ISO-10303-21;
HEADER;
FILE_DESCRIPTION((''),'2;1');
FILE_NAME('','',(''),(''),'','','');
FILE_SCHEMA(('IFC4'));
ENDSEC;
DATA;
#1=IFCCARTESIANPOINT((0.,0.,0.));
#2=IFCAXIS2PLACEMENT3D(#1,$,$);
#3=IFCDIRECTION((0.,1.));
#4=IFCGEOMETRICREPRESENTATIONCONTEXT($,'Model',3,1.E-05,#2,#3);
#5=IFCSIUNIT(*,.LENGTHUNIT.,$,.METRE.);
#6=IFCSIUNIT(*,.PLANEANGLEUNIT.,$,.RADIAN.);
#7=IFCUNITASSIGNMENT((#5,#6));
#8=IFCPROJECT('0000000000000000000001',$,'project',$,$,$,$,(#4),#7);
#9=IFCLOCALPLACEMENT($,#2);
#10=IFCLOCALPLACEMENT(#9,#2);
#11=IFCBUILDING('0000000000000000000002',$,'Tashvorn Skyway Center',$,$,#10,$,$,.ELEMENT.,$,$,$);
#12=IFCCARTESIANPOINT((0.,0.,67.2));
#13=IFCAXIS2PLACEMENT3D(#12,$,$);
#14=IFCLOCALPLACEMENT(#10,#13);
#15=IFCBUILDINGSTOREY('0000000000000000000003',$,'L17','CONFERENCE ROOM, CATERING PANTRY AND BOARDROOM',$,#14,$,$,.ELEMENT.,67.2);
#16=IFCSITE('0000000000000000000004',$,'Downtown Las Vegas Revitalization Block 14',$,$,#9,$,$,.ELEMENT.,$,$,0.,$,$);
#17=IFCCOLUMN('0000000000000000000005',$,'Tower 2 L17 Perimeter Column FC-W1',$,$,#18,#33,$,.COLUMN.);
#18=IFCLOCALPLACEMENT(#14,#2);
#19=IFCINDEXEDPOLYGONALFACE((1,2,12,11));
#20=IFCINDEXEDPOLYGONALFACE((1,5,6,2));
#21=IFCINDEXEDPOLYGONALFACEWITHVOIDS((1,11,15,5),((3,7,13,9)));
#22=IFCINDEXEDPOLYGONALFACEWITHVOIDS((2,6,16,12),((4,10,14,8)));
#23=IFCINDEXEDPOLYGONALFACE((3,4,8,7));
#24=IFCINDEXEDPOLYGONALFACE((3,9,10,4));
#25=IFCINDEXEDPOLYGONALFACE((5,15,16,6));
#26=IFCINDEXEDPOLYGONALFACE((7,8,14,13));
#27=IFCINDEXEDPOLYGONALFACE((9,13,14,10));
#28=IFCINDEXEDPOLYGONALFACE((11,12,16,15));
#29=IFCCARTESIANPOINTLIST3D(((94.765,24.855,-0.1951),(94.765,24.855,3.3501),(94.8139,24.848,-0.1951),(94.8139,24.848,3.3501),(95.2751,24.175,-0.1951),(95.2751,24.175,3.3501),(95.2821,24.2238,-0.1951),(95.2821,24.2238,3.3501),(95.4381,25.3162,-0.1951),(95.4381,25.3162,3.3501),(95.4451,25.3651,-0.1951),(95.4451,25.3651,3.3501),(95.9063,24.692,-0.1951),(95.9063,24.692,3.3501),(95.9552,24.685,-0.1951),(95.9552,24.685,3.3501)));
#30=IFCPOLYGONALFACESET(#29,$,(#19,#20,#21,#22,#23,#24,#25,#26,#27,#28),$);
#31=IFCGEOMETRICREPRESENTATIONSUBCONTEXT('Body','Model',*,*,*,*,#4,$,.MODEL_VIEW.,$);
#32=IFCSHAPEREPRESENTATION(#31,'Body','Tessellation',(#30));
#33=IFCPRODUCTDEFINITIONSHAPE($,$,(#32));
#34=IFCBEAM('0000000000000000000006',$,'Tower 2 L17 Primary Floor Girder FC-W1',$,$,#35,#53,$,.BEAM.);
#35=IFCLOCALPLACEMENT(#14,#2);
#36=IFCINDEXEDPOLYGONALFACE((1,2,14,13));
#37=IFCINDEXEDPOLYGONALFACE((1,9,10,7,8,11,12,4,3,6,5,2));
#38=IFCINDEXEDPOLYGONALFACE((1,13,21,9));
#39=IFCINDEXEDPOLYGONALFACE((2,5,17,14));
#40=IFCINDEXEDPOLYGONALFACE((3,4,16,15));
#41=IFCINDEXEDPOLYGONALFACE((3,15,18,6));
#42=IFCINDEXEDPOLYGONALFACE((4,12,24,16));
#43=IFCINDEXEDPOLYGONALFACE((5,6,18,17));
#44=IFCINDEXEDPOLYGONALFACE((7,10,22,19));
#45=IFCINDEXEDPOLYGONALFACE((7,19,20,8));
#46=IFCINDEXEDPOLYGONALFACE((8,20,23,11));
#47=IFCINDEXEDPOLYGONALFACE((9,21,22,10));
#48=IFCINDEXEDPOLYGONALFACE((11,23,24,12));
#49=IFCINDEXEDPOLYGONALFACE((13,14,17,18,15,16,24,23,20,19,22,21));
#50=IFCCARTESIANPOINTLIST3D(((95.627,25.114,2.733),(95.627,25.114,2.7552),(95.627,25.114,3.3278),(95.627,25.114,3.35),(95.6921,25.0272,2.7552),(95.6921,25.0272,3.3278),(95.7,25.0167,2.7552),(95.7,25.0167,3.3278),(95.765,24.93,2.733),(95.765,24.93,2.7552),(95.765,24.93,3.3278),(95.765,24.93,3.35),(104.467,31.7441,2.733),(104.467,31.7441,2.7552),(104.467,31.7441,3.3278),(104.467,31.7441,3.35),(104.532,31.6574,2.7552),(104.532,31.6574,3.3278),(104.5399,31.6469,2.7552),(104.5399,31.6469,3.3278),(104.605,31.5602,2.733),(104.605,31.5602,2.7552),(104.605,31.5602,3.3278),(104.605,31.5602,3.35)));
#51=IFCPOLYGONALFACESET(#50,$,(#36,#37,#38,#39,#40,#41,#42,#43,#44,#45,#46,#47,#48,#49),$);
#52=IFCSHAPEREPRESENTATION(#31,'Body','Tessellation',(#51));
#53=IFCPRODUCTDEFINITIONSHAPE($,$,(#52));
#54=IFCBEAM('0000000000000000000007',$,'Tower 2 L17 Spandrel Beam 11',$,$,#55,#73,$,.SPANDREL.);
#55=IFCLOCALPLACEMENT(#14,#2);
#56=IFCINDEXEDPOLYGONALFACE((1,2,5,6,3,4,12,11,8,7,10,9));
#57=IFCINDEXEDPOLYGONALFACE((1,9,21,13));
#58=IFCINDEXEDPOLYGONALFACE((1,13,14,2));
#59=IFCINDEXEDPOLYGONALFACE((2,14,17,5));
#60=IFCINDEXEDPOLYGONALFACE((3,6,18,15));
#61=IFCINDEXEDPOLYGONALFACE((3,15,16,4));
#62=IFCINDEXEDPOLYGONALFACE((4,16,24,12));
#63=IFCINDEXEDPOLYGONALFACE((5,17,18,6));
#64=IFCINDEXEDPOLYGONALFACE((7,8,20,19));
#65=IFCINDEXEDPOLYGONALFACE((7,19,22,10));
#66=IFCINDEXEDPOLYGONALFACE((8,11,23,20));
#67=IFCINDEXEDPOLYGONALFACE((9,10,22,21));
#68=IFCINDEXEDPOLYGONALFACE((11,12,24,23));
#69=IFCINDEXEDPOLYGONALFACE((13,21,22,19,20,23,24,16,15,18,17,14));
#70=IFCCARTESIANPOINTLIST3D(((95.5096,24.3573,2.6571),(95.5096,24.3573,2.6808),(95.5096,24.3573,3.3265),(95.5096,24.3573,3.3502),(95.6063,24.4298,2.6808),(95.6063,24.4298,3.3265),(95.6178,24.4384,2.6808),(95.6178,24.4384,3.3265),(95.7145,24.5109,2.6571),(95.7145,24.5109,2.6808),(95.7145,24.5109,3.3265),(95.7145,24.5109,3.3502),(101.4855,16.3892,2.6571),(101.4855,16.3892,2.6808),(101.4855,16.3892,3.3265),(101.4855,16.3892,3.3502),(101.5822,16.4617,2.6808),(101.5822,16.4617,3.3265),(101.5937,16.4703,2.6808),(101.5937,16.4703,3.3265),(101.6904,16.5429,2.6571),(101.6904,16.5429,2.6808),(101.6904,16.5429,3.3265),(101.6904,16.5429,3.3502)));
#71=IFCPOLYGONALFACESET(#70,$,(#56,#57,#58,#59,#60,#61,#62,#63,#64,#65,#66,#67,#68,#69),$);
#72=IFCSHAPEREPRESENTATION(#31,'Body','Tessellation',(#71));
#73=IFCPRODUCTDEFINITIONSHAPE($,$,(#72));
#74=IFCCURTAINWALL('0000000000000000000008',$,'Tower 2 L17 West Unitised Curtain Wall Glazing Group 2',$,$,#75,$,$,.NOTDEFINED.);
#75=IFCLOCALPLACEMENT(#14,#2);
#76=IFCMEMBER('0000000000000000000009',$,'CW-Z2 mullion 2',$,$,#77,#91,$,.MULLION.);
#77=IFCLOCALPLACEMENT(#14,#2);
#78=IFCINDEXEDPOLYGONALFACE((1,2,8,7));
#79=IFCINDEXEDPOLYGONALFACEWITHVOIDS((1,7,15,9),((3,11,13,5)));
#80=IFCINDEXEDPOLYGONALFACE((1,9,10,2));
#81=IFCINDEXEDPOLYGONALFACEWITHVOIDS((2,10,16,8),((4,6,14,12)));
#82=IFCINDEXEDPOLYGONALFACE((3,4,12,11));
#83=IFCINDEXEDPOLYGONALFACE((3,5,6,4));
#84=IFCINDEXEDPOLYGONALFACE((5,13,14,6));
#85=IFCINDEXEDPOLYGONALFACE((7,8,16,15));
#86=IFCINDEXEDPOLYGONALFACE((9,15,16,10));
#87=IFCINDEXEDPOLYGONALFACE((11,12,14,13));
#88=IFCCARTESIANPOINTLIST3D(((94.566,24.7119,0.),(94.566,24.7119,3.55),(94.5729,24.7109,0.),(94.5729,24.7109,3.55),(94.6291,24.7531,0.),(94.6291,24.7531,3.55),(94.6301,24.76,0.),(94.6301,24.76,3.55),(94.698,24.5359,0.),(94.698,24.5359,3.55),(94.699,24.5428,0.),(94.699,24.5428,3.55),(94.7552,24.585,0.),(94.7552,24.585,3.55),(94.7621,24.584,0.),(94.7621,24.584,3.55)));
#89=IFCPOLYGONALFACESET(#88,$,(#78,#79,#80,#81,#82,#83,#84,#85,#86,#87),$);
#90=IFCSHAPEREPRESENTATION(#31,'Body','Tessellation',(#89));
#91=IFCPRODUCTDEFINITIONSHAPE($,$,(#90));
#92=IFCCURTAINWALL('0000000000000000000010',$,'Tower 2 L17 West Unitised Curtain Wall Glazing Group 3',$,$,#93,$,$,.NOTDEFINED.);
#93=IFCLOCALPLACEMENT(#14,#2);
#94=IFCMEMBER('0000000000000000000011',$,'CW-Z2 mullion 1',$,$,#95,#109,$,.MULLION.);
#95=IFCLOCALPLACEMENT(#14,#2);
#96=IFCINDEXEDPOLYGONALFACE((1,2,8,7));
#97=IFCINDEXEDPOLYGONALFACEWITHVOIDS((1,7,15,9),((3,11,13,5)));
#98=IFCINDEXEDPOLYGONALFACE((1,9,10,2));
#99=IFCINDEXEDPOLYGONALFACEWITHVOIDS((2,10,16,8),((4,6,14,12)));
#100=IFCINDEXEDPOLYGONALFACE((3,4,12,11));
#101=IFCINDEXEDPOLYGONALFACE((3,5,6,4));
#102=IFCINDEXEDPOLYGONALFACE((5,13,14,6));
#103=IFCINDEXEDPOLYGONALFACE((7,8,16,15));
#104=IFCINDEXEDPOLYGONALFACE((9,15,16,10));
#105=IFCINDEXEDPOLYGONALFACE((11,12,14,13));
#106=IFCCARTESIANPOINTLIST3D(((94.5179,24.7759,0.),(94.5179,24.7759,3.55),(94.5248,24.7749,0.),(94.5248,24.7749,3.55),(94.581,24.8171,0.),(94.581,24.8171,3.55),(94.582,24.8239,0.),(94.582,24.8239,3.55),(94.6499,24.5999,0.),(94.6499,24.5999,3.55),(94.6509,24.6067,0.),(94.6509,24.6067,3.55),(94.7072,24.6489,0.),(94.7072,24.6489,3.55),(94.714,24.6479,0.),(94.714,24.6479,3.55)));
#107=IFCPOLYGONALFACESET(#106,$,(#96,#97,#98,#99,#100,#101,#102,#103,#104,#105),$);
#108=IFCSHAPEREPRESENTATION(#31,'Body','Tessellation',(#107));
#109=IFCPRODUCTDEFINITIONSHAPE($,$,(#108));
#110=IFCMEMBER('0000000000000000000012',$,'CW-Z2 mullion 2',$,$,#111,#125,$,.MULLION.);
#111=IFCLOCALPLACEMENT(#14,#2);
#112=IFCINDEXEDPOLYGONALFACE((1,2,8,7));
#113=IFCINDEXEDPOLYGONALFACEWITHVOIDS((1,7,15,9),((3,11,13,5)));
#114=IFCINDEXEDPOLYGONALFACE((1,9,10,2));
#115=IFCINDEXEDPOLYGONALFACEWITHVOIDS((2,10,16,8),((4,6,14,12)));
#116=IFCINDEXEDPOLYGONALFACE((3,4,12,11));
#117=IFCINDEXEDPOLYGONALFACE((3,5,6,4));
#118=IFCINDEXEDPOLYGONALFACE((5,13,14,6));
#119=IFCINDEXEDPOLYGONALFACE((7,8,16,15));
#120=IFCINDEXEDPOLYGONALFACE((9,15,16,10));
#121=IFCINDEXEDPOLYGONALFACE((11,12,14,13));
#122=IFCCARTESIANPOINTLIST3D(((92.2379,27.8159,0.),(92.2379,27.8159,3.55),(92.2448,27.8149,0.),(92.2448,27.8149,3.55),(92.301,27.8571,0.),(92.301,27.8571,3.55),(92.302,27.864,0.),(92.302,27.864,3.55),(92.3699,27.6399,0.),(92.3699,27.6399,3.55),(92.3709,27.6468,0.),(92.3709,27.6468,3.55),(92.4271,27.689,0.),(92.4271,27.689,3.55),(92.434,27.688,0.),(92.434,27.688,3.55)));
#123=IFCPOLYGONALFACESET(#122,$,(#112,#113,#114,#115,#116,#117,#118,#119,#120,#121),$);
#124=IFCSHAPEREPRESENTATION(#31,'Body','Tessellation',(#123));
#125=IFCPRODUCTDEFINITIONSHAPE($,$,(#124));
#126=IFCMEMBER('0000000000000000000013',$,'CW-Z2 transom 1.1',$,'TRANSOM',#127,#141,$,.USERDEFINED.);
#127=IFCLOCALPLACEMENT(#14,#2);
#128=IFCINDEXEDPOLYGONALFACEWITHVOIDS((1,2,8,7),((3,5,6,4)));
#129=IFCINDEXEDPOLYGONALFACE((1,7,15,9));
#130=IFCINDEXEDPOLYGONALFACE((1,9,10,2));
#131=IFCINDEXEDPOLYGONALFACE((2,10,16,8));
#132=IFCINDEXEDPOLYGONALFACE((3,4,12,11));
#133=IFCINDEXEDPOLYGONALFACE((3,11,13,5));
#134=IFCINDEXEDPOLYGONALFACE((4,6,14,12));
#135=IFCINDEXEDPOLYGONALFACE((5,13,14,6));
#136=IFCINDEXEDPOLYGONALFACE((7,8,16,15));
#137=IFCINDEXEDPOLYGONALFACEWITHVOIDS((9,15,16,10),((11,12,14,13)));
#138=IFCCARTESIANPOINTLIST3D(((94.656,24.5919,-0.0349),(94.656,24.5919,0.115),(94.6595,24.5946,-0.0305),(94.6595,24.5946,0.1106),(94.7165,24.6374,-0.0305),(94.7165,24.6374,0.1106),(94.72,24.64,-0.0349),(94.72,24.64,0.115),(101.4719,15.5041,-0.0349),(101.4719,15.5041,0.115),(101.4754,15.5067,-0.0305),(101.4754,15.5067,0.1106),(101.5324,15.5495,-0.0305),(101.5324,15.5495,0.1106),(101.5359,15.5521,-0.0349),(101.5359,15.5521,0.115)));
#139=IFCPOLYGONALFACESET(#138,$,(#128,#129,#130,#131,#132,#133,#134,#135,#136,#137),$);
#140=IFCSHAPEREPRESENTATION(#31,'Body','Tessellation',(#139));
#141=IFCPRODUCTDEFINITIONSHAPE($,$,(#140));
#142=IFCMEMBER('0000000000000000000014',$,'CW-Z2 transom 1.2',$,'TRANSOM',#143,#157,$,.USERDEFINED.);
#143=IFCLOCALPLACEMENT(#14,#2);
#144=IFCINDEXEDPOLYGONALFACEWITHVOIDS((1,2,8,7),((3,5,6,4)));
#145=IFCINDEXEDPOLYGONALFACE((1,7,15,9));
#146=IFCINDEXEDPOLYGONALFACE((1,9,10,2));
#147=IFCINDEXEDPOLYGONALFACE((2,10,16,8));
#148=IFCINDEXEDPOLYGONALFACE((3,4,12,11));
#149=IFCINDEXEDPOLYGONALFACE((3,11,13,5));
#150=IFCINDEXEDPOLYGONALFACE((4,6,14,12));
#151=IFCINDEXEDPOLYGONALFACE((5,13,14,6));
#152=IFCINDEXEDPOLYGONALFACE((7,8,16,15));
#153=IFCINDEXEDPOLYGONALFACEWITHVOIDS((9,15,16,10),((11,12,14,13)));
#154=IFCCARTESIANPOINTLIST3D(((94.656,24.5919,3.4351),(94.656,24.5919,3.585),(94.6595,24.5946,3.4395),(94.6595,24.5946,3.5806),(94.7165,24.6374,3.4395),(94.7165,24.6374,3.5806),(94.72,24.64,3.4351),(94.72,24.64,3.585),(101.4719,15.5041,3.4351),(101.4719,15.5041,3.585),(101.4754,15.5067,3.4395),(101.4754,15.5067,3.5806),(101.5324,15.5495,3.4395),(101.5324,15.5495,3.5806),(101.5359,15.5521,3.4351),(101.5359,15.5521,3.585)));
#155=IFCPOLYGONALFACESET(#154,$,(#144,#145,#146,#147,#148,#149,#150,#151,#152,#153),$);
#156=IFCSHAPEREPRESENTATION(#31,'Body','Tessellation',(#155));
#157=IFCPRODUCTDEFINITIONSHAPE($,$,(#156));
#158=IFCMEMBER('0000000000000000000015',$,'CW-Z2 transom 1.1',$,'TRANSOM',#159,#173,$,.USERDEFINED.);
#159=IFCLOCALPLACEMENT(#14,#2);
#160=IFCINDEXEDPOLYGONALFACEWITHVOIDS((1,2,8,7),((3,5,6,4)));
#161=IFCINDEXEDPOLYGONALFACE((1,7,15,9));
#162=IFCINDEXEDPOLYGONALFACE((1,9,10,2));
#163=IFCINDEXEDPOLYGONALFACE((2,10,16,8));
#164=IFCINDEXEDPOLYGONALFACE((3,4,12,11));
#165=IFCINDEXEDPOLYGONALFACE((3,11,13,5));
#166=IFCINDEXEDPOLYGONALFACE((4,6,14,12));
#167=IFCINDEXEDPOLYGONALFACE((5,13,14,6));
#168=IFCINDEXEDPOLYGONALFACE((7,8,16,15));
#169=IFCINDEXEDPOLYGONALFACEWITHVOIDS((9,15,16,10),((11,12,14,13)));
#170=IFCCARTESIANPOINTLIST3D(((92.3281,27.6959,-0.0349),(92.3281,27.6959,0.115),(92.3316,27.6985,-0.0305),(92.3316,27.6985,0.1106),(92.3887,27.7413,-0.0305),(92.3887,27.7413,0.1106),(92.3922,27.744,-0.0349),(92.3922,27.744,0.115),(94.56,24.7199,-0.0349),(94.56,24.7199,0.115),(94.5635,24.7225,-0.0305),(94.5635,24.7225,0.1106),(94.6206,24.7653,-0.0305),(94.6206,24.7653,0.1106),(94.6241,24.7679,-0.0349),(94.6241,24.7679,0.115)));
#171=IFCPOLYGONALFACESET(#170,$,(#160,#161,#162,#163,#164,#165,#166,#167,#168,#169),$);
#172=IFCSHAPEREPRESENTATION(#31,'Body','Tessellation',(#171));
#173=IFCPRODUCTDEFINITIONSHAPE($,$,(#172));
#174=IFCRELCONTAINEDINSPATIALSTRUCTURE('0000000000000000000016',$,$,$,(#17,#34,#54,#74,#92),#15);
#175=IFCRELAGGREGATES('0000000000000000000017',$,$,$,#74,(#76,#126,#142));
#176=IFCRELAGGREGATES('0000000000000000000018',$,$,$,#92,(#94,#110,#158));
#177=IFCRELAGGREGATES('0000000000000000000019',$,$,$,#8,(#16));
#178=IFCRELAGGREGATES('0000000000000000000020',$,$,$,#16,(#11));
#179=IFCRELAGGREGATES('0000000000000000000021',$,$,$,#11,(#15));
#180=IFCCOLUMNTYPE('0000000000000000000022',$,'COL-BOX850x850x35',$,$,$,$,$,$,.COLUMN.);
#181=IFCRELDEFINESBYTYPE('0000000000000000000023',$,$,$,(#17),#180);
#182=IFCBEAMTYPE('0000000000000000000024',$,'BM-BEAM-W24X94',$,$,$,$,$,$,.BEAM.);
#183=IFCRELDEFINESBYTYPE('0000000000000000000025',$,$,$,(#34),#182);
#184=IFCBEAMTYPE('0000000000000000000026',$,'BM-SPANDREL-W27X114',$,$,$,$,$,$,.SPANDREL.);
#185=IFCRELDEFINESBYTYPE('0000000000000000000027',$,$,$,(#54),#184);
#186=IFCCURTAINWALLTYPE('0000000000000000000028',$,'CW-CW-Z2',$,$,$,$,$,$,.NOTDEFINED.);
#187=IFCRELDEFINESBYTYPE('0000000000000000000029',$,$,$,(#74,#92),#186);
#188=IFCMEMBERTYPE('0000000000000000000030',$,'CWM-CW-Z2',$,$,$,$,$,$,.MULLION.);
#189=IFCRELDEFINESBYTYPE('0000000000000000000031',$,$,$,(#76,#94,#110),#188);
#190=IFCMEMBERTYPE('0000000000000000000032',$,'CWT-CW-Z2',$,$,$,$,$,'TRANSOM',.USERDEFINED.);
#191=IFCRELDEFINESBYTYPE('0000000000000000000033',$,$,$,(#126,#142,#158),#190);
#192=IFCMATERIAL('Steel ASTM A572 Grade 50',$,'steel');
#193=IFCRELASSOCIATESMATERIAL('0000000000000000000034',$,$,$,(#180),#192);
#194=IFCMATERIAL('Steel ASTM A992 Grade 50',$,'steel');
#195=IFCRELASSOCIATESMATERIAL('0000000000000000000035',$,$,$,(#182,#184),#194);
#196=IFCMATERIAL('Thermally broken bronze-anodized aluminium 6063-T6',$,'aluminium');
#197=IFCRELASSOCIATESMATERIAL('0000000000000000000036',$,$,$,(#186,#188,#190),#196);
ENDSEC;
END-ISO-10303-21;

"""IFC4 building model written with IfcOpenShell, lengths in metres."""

from ifc_helpers import new_model, si_unit, direction, frame, origin, origin_2d, place, context, subcontext, project, spatial, hollow_rectangle, i_section, extrude, material, material_profile, profile_set, type_object, element, aggregate, save


model = new_model("IFC4")

# Units and contexts
model_context = context("Model", 3, precision=1e-05, world=origin(), true_north=direction((0.0, 1.0)))
body_context = subcontext(model_context, "Body", "Model", "MODEL_VIEW")
ifc_project = project(units=[si_unit("LENGTHUNIT", "METRE"), si_unit("PLANEANGLEUNIT", "RADIAN")], contexts=[model_context])

# Site, building, storey
site_placement = place(None, origin())
site = spatial("IfcSite", under=ifc_project, at=site_placement, Name="Downtown Las Vegas Revitalization Block 14", CompositionType="ELEMENT", RefElevation=0.0)
building_placement = place(site_placement, origin())
building = spatial("IfcBuilding", under=site, at=building_placement, Name="Tashvorn Skyway Center", CompositionType="ELEMENT")
storey_placement = place(building_placement, frame((0.0, 0.0, 67.2)))
storey = spatial("IfcBuildingStorey", under=building, at=storey_placement, Name="L17", Description="CONFERENCE ROOM, CATERING PANTRY AND BOARDROOM", CompositionType="ELEMENT", Elevation=67.2)

# Column
ifc_material_1 = material(Name="Steel ASTM A572 Grade 50", Category="steel")
ifc_material_profile_1 = material_profile(ifc_material_1, hollow_rectangle(XDim=0.8501, YDim=0.8501, WallThickness=0.0349, at=origin_2d()), Name="BOX850x850x35")
ifc_profile_set_1 = profile_set([ifc_material_profile_1], Name="Steel ASTM A572 Grade 50")
column_type = type_object("IfcColumnType", Name="COL-BOX850x850x35", PredefinedType="COLUMN", material=ifc_profile_set_1)
column_placement = place(storey_placement, frame((95.3601, 24.77, -0.1951), z_axis=(0.0, 0.0, 1.0), x_axis=(0.8, 0.6, 0.0)))
element("IfcColumn", 1, at=column_placement, inside=storey, type_object=column_type, Name="Tower 2 L17 Perimeter Column FC-W1", PredefinedType="COLUMN", context=body_context, shape_type="SweptSolid", body=[
    extrude(hollow_rectangle(XDim=0.8501, YDim=0.8501, WallThickness=0.0349, at=origin_2d()), origin(), (0.0, 0.0, 1.0), 3.5452),
])

# Beams
ifc_material_2 = material(Name="Steel ASTM A992 Grade 50", Category="steel")
ifc_material_profile_2 = material_profile(ifc_material_2, i_section(OverallWidth=0.23, OverallDepth=0.6169, WebThickness=0.0132, FlangeThickness=0.0222, at=origin_2d()), Name="W24X94")
ifc_profile_set_2 = profile_set([ifc_material_profile_2], Name="Steel ASTM A992 Grade 50")
beam_type_1 = type_object("IfcBeamType", Name="BM-BEAM-W24X94", PredefinedType="BEAM", material=ifc_profile_set_2)
beam_1_placement = place(storey_placement, frame((95.696, 25.022, 3.0415), z_axis=(0.799989, 0.600014, 0.0), x_axis=(-0.600014, 0.799989, 0.0)))
element("IfcBeam", 2, at=beam_1_placement, inside=storey, type_object=beam_type_1, Name="Tower 2 L17 Primary Floor Girder FC-W1", PredefinedType="BEAM", context=body_context, shape_type="SweptSolid", body=[
    extrude(i_section(OverallWidth=0.23, OverallDepth=0.6169, WebThickness=0.0132, FlangeThickness=0.0222, at=origin_2d()), origin(), (0.0, 0.0, 1.0), 11.05),
])
ifc_material_profile_3 = material_profile(ifc_material_2, i_section(OverallWidth=0.2561, OverallDepth=0.6931, WebThickness=0.0144, FlangeThickness=0.0237, at=origin_2d()), Name="W27X114")
ifc_profile_set_3 = profile_set([ifc_material_profile_3], Name="Steel ASTM A992 Grade 50")
beam_type_2 = type_object("IfcBeamType", Name="BM-SPANDREL-W27X114", PredefinedType="SPANDREL", material=ifc_profile_set_3)
beam_2_placement = place(storey_placement, frame((95.6121, 24.4341, 3.0037), z_axis=(0.599988, -0.800009, 0.0), x_axis=(0.800009, 0.599988, 0.0)))
element("IfcBeam", 3, at=beam_2_placement, inside=storey, type_object=beam_type_2, Name="Tower 2 L17 Spandrel Beam 11", PredefinedType="SPANDREL", context=body_context, shape_type="SweptSolid", body=[
    extrude(i_section(OverallWidth=0.2561, OverallDepth=0.6931, WebThickness=0.0144, FlangeThickness=0.0237, at=origin_2d()), origin(), (0.0, 0.0, 1.0), 9.96),
])

# Curtain wall, member
ifc_material_3 = material(Name="Thermally broken bronze-anodized aluminium 6063-T6", Category="aluminium")
curtain_wall_type = type_object("IfcCurtainWallType", Name="CW-CW-Z2", PredefinedType="NOTDEFINED", material=ifc_material_3)
curtain_wall_1_placement = place(storey_placement, origin())
curtain_wall_1 = element("IfcCurtainWall", 4, at=curtain_wall_1_placement, inside=storey, type_object=curtain_wall_type, Name="Tower 2 L17 West Unitised Curtain Wall Glazing Group 2", PredefinedType="NOTDEFINED")
ifc_material_profile_4 = material_profile(ifc_material_3, hollow_rectangle(XDim=0.0801, YDim=0.22, WallThickness=0.0049, at=origin_2d()), Name="ALU-MULL-80x220")
ifc_profile_set_4 = profile_set([ifc_material_profile_4], Name="Thermally broken bronze-anodized aluminium 6063-T6")
member_type_1 = type_object("IfcMemberType", Name="CWM-CW-Z2", PredefinedType="MULLION", material=ifc_profile_set_4)
member_1_placement = place(storey_placement, frame((94.6641, 24.6479, 0.0), z_axis=(0.0, 0.0, 1.0), x_axis=(-0.8, -0.6, 0.0)))
member_1 = element("IfcMember", 5, at=member_1_placement, type_object=member_type_1, Name="CW-Z2 mullion 2", PredefinedType="MULLION", context=body_context, shape_type="SweptSolid", body=[
    extrude(hollow_rectangle(XDim=0.0801, YDim=0.22, WallThickness=0.0049, at=origin_2d()), origin(), (0.0, 0.0, 1.0), 3.55),
])

# Curtain wall, members
curtain_wall_2_placement = place(storey_placement, origin())
curtain_wall_2 = element("IfcCurtainWall", 6, at=curtain_wall_2_placement, inside=storey, type_object=curtain_wall_type, Name="Tower 2 L17 West Unitised Curtain Wall Glazing Group 3", PredefinedType="NOTDEFINED")
member_2_placement = place(storey_placement, frame((94.616, 24.7119, 0.0), z_axis=(0.0, 0.0, 1.0), x_axis=(-0.8, -0.6, 0.0)))
member_2 = element("IfcMember", 7, at=member_2_placement, type_object=member_type_1, Name="CW-Z2 mullion 1", PredefinedType="MULLION", context=body_context, shape_type="SweptSolid", body=[
    extrude(hollow_rectangle(XDim=0.0801, YDim=0.22, WallThickness=0.0049, at=origin_2d()), origin(), (0.0, 0.0, 1.0), 3.55),
])
member_3_placement = place(storey_placement, frame((92.3359, 27.752, 0.0), z_axis=(0.0, 0.0, 1.0), x_axis=(-0.8, -0.6, 0.0)))
member_3 = element("IfcMember", 8, at=member_3_placement, type_object=member_type_1, Name="CW-Z2 mullion 2", PredefinedType="MULLION", context=body_context, shape_type="SweptSolid", body=[
    extrude(hollow_rectangle(XDim=0.0801, YDim=0.22, WallThickness=0.0049, at=origin_2d()), origin(), (0.0, 0.0, 1.0), 3.55),
])

# Members
ifc_material_profile_5 = material_profile(ifc_material_3, hollow_rectangle(XDim=0.0801, YDim=0.1499, WallThickness=0.0044, at=origin_2d()), Name="ALU-TRAN-80x150")
ifc_profile_set_5 = profile_set([ifc_material_profile_5], Name="Thermally broken bronze-anodized aluminium 6063-T6")
member_type_2 = type_object("IfcMemberType", Name="CWT-CW-Z2", ElementType="TRANSOM", PredefinedType="USERDEFINED", material=ifc_profile_set_5)
member_4_placement = place(storey_placement, frame((101.5039, 15.5281, 0.04), z_axis=(-0.6, 0.8, 0.0), x_axis=(-0.8, -0.6, 0.0)))
member_4 = element("IfcMember", 9, at=member_4_placement, type_object=member_type_2, Name="CW-Z2 transom 1.1", ObjectType="TRANSOM", PredefinedType="USERDEFINED", context=body_context, shape_type="SweptSolid", body=[
    extrude(hollow_rectangle(XDim=0.0801, YDim=0.1499, WallThickness=0.0044, at=origin_2d()), origin(), (0.0, 0.0, 1.0), 11.3599),
])
member_5_placement = place(storey_placement, frame((101.5039, 15.5281, 3.51), z_axis=(-0.6, 0.8, 0.0), x_axis=(-0.8, -0.6, 0.0)))
member_5 = element("IfcMember", 10, at=member_5_placement, type_object=member_type_2, Name="CW-Z2 transom 1.2", ObjectType="TRANSOM", PredefinedType="USERDEFINED", context=body_context, shape_type="SweptSolid", body=[
    extrude(hollow_rectangle(XDim=0.0801, YDim=0.1499, WallThickness=0.0044, at=origin_2d()), origin(), (0.0, 0.0, 1.0), 11.3599),
])
member_6_placement = place(storey_placement, frame((94.592, 24.7439, 0.04), z_axis=(-0.599979, 0.800016, 0.0), x_axis=(-0.800016, -0.599979, 0.0)))
member_6 = element("IfcMember", 11, at=member_6_placement, type_object=member_type_2, Name="CW-Z2 transom 1.1", ObjectType="TRANSOM", PredefinedType="USERDEFINED", context=body_context, shape_type="SweptSolid", body=[
    extrude(hollow_rectangle(XDim=0.0801, YDim=0.1499, WallThickness=0.0044, at=origin_2d()), origin(), (0.0, 0.0, 1.0), 3.72),
])

aggregate(curtain_wall_1, [member_1, member_4, member_5])
aggregate(curtain_wall_2, [member_2, member_3, member_6])

save(model, "model.ifc")
